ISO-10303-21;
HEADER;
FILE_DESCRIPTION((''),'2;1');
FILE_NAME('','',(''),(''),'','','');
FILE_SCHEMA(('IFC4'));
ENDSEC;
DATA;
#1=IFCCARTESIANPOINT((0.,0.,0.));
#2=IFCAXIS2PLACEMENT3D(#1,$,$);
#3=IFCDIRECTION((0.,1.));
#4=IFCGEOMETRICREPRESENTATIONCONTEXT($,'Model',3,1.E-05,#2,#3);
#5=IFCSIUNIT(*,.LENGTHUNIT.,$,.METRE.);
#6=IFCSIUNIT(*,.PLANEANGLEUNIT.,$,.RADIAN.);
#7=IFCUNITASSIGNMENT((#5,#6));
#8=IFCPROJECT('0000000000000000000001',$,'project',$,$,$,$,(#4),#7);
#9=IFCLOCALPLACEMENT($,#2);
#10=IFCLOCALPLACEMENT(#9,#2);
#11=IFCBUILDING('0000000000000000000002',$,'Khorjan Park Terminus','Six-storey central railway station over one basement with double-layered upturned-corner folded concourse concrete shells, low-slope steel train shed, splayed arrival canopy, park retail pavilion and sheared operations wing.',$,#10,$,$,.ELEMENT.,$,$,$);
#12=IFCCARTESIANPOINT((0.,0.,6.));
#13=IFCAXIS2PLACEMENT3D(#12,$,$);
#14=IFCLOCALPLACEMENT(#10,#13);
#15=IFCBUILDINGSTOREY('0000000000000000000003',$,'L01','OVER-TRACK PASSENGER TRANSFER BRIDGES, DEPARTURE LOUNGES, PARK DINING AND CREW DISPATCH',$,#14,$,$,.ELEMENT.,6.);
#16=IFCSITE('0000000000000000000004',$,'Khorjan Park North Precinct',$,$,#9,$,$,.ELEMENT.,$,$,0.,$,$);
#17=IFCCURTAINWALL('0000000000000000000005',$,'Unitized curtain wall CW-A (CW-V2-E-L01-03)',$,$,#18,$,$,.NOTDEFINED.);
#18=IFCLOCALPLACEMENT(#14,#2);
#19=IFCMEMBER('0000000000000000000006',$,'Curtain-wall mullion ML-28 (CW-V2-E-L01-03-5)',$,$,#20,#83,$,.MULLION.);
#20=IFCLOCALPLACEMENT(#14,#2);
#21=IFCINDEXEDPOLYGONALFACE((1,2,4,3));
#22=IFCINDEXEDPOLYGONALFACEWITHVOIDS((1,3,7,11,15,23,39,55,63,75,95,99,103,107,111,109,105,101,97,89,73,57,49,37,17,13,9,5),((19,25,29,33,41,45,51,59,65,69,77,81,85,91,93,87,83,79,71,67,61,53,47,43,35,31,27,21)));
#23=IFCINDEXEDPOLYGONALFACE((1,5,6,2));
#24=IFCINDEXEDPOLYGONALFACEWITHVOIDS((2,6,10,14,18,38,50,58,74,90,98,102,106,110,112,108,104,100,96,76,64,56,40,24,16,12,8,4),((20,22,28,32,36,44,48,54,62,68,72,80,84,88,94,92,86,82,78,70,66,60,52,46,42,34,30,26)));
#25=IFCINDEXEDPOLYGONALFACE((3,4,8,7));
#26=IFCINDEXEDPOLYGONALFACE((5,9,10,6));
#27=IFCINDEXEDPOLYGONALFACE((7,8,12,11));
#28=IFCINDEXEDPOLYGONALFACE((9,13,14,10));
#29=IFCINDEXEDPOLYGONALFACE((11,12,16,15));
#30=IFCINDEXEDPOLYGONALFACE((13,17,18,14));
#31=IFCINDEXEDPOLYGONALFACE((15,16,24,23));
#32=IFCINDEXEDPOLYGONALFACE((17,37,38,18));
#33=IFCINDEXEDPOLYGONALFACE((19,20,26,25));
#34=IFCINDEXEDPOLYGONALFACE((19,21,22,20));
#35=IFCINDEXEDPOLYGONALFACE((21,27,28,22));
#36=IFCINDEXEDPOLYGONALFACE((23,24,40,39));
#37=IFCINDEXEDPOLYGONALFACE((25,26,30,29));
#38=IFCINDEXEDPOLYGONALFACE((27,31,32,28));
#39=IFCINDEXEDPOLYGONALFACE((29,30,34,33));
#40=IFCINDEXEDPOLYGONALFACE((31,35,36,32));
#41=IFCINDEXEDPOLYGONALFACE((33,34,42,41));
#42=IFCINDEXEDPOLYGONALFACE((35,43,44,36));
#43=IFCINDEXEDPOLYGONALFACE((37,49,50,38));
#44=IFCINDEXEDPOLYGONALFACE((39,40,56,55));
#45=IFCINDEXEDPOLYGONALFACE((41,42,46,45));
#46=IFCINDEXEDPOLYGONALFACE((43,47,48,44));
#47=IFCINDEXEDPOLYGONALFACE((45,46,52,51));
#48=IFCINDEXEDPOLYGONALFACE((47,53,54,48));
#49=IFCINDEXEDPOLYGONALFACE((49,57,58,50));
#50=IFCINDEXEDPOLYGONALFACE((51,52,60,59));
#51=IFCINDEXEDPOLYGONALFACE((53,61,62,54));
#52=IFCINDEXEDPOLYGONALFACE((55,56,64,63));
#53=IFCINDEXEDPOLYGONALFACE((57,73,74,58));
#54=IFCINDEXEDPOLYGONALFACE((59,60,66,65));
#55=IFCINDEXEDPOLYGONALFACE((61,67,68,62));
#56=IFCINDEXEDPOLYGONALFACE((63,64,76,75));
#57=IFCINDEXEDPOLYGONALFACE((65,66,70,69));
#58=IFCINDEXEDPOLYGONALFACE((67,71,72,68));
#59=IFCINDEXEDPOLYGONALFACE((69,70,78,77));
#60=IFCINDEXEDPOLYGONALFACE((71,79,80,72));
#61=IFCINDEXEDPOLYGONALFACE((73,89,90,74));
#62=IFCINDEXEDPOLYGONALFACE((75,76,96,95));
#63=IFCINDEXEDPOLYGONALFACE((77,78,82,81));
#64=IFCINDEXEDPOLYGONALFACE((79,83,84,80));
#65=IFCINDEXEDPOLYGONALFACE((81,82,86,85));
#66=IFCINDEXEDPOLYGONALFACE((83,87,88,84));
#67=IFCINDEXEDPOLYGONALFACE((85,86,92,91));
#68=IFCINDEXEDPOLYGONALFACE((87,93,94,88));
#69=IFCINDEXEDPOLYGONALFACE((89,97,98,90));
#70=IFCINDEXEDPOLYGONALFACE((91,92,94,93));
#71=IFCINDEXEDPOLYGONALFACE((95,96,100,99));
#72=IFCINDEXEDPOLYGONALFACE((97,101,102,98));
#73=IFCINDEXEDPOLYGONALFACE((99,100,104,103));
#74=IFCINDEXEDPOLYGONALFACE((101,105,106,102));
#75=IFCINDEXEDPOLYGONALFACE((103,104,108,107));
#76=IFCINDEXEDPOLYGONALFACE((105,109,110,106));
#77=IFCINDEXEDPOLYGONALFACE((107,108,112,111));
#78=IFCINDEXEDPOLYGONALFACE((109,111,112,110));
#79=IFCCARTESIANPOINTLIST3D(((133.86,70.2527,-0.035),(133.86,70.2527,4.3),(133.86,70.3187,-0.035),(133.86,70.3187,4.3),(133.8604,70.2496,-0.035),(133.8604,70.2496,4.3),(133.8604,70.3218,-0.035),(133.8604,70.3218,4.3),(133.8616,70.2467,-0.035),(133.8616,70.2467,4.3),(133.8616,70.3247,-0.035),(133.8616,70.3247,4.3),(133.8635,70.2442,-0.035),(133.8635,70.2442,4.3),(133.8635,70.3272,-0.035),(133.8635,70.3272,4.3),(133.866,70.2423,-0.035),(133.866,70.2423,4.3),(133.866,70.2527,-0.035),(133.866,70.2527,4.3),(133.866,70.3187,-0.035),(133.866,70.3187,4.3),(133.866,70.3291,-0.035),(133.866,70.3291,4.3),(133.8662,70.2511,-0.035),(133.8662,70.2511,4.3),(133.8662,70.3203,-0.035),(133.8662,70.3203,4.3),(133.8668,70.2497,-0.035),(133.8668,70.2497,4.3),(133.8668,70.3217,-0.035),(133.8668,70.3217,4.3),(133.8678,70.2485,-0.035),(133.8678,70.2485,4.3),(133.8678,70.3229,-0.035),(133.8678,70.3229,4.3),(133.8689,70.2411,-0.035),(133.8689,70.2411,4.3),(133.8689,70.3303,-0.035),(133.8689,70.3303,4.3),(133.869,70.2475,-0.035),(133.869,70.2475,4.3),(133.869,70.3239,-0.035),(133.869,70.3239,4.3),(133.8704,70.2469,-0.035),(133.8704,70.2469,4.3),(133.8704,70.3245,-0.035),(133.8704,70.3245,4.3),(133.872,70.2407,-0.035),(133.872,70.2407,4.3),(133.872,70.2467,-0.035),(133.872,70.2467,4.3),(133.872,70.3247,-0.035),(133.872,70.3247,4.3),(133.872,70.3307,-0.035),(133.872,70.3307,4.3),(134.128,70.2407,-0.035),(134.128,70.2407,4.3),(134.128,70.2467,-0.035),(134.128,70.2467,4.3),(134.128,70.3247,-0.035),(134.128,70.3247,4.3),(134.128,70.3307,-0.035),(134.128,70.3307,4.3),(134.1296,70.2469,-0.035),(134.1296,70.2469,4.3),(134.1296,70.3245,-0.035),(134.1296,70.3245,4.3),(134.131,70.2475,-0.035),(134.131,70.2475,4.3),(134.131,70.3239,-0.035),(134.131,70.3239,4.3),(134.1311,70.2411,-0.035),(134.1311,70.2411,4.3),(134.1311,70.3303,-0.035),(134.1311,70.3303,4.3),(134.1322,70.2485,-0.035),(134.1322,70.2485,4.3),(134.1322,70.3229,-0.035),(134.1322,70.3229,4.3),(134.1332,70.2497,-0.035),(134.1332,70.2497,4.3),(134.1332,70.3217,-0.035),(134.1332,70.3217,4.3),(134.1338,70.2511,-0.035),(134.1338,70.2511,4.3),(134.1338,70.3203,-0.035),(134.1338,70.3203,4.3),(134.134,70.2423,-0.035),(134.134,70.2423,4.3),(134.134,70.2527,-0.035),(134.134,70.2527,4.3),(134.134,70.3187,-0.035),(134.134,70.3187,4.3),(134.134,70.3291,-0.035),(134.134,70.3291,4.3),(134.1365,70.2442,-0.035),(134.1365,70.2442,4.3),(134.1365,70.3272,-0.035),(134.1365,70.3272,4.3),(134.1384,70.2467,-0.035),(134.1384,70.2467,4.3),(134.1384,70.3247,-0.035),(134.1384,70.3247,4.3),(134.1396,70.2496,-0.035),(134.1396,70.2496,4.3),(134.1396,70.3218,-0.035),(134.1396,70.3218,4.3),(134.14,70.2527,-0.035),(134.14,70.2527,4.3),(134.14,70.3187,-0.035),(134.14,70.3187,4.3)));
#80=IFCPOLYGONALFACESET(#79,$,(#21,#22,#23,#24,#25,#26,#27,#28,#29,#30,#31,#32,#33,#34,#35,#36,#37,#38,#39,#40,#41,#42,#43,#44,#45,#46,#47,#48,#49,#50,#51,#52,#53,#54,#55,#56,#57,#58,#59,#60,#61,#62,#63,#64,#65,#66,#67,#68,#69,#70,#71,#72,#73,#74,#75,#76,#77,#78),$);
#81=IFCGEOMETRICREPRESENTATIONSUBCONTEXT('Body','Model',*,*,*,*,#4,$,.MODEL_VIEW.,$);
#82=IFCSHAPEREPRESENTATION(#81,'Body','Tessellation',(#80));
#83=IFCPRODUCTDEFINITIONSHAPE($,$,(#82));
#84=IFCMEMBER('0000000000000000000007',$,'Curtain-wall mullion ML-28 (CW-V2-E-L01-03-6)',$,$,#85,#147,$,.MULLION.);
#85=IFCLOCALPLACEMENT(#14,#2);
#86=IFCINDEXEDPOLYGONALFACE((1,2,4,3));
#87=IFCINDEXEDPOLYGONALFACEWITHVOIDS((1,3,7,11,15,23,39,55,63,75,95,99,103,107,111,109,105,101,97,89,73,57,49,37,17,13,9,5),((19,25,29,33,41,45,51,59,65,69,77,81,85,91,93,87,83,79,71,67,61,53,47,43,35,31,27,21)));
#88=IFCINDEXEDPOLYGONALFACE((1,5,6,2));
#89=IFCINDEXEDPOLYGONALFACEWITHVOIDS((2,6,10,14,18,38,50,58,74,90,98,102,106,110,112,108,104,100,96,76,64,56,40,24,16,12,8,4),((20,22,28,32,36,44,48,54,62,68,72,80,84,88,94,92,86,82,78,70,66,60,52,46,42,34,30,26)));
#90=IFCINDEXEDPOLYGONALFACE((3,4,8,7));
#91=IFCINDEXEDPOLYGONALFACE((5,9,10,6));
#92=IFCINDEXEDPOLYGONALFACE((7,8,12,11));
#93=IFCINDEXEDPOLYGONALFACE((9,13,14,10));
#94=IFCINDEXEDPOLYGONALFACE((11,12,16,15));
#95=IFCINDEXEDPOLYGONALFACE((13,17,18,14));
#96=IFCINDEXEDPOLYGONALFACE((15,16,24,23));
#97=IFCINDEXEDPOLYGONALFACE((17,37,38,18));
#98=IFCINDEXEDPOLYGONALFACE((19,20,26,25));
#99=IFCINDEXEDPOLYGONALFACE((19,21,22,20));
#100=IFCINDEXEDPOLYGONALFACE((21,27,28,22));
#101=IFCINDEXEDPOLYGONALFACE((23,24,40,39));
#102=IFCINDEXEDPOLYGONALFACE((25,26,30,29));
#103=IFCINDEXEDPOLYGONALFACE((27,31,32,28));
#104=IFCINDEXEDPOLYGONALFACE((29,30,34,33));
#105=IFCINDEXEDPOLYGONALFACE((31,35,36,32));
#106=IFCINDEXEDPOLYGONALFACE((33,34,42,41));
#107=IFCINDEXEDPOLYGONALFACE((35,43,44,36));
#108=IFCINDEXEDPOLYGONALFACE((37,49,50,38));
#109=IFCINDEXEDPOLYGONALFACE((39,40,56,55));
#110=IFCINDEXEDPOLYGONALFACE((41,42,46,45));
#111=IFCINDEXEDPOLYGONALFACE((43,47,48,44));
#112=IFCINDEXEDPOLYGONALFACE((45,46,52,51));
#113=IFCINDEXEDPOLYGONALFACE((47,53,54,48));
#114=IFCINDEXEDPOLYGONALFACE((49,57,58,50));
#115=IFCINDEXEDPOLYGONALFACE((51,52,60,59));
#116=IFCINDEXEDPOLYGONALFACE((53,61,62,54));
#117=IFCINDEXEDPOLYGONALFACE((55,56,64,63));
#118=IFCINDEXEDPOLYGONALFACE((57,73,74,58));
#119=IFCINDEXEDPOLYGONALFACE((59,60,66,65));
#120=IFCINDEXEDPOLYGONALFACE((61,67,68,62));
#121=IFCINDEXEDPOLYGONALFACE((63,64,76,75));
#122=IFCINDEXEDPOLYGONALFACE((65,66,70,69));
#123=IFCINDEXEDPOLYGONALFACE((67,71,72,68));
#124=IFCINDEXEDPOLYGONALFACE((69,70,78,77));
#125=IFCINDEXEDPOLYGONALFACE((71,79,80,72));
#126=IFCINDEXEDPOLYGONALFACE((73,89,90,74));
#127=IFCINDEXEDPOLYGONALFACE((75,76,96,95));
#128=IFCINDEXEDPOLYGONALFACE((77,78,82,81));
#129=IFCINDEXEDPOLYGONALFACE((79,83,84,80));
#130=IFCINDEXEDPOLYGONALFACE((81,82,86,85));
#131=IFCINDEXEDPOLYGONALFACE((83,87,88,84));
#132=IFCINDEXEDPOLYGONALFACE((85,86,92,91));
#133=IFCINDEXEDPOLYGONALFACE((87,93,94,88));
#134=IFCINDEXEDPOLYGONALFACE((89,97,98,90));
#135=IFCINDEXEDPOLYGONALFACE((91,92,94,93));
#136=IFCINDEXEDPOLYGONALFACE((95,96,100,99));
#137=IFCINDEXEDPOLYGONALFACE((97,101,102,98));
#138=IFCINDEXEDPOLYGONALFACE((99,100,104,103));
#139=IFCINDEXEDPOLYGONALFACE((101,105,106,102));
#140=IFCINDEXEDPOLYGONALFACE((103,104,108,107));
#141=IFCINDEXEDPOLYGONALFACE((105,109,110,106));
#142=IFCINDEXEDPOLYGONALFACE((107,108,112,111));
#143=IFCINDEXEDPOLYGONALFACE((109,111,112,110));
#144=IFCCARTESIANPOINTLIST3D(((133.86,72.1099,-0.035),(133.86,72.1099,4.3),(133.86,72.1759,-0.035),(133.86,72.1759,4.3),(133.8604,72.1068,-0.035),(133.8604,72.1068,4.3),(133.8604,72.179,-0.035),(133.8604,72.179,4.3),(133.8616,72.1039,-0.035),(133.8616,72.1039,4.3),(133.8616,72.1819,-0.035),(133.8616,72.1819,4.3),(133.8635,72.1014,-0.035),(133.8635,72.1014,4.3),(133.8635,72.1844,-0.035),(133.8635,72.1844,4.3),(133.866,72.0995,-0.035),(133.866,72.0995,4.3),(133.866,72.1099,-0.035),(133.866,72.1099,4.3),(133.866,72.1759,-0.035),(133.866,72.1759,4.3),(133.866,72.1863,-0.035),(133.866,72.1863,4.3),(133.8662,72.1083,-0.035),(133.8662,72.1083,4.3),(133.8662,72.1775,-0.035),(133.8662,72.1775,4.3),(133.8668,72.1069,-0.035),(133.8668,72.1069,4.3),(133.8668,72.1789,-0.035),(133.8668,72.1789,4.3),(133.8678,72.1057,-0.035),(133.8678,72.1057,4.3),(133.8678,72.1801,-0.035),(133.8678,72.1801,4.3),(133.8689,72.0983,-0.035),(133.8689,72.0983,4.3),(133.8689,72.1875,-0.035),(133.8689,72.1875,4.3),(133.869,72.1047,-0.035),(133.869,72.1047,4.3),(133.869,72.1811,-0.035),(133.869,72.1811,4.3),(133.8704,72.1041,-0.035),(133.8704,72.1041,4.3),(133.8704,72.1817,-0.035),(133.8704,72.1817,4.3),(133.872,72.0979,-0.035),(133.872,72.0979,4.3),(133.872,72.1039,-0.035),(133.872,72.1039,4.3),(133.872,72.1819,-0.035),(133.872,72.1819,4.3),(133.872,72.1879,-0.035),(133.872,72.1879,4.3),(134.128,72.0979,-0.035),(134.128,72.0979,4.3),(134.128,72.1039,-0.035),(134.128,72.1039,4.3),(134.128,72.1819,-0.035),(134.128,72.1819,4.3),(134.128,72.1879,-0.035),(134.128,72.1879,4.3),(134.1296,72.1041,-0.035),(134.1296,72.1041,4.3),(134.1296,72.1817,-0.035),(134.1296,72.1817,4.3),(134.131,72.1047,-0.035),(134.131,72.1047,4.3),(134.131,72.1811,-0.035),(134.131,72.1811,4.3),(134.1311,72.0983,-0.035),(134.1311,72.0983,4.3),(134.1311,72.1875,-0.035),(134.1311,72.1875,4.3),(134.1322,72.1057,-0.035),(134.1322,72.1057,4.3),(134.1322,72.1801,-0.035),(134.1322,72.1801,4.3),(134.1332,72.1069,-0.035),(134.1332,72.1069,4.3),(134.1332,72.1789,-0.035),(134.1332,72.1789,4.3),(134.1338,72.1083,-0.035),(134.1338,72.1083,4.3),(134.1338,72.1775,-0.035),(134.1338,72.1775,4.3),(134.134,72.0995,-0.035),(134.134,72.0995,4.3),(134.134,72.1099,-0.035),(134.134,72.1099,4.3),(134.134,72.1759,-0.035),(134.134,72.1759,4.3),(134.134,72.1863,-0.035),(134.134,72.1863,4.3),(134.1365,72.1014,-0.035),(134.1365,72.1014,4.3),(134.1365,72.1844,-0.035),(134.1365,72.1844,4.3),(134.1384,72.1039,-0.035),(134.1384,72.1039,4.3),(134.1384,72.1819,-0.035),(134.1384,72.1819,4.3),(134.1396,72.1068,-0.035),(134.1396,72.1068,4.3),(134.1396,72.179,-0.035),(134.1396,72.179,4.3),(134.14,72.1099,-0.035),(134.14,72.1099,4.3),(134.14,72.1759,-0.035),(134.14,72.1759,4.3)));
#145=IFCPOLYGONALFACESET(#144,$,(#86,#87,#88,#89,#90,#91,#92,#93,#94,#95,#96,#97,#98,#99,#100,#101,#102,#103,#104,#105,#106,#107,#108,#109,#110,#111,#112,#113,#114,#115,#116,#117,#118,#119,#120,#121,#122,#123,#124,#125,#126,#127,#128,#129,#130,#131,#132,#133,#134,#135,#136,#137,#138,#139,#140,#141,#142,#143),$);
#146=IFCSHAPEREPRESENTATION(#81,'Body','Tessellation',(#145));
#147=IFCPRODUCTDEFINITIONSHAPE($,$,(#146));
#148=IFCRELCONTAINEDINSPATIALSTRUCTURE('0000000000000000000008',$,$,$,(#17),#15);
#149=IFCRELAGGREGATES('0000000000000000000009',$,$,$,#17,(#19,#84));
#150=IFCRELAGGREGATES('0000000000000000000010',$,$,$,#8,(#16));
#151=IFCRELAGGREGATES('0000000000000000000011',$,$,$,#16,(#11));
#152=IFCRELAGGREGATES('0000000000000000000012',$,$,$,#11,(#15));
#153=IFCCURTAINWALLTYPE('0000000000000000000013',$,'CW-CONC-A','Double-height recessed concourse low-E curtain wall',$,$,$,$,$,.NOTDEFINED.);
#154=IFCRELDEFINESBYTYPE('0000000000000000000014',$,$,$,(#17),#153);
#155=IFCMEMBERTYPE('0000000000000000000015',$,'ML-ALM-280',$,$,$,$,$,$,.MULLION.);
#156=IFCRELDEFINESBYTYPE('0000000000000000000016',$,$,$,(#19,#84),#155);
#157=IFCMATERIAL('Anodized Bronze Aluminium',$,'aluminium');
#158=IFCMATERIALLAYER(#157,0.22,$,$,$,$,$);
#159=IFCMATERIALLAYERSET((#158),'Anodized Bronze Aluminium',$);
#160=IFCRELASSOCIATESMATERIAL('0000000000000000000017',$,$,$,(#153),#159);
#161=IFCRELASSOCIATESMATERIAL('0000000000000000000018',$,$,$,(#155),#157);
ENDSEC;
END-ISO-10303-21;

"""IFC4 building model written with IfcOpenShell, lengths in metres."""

from ifc_helpers import new_model, si_unit, direction, frame, origin, origin_2d, place, context, subcontext, project, spatial, hollow_rectangle, extrude, material, layer, layer_set, material_profile, profile_set, type_object, element, aggregate, save


model = new_model("IFC4")

# Units and contexts
model_context = context("Model", 3, precision=1e-05, world=origin(), true_north=direction((0.0, 1.0)))
body_context = subcontext(model_context, "Body", "Model", "MODEL_VIEW")
ifc_project = project(units=[si_unit("LENGTHUNIT", "METRE"), si_unit("PLANEANGLEUNIT", "RADIAN")], contexts=[model_context])

# Site, building, storey
site_placement = place(None, origin())
site = spatial("IfcSite", under=ifc_project, at=site_placement, Name="Khorjan Park North Precinct", CompositionType="ELEMENT", RefElevation=0.0)
building_placement = place(site_placement, origin())
building = spatial("IfcBuilding", under=site, at=building_placement, Name="Khorjan Park Terminus", Description="Six-storey central railway station over one basement with double-layered upturned-corner folded concourse concrete shells, low-slope steel train shed, splayed arrival canopy, park retail pavilion and sheared operations wing.", CompositionType="ELEMENT")
storey_placement = place(building_placement, frame((0.0, 0.0, 6.0)))
storey = spatial("IfcBuildingStorey", under=building, at=storey_placement, Name="L01", Description="OVER-TRACK PASSENGER TRANSFER BRIDGES, DEPARTURE LOUNGES, PARK DINING AND CREW DISPATCH", CompositionType="ELEMENT", Elevation=6.0)

# Shared definitions
ifc_material_1 = material(Name="Anodized Bronze Aluminium", Category="aluminium")
ifc_layer_1 = layer(ifc_material_1, 0.22)
ifc_layer_set_1 = layer_set([ifc_layer_1], Name="Anodized Bronze Aluminium")
curtain_wall_type = type_object("IfcCurtainWallType", Name="CW-CONC-A", Description="Double-height recessed concourse low-E curtain wall", PredefinedType="NOTDEFINED", material=ifc_layer_set_1)
ifc_material_profile_1 = material_profile(ifc_material_1, hollow_rectangle(XDim=0.09, YDim=0.28, WallThickness=0.006, InnerFilletRadius=0.006, OuterFilletRadius=0.012, at=origin_2d()), Name="ALM 90x280x6")
ifc_profile_set_1 = profile_set([ifc_material_profile_1], Name="Anodized Bronze Aluminium")
member_type_1 = type_object("IfcMemberType", Name="ML-ALM-280", PredefinedType="MULLION", material=ifc_profile_set_1)

# Curtain wall, members
curtain_wall_1_placement = place(storey_placement, origin())
curtain_wall_1 = element("IfcCurtainWall", 1, at=curtain_wall_1_placement, inside=storey, type_object=curtain_wall_type, Name="Unitized curtain wall CW-A (CW-V2-E-L01-03)", PredefinedType="NOTDEFINED")
member_1_placement = place(storey_placement, frame((134.0, 70.2857, -0.035), z_axis=(0.0, 0.0, 1.0), x_axis=(0.0, 1.0, 0.0)))
member_1 = element("IfcMember", 2, at=member_1_placement, type_object=member_type_1, Name="Curtain-wall mullion ML-28 (CW-V2-E-L01-03-5)", PredefinedType="MULLION", context=body_context, shape_type="SweptSolid", body=[
    extrude(hollow_rectangle(XDim=0.09, YDim=0.28, WallThickness=0.006, InnerFilletRadius=0.006, OuterFilletRadius=0.012, at=origin_2d()), origin(), (0.0, 0.0, 1.0), 4.335),
])
member_2_placement = place(storey_placement, frame((134.0, 72.1429, -0.035), z_axis=(0.0, 0.0, 1.0), x_axis=(0.0, 1.0, 0.0)))
member_2 = element("IfcMember", 3, at=member_2_placement, type_object=member_type_1, Name="Curtain-wall mullion ML-28 (CW-V2-E-L01-03-6)", PredefinedType="MULLION", context=body_context, shape_type="SweptSolid", body=[
    extrude(hollow_rectangle(XDim=0.09, YDim=0.28, WallThickness=0.006, InnerFilletRadius=0.006, OuterFilletRadius=0.012, at=origin_2d()), origin(), (0.0, 0.0, 1.0), 4.335),
])

aggregate(curtain_wall_1, [member_1, member_2])

save(model, "model.ifc")
